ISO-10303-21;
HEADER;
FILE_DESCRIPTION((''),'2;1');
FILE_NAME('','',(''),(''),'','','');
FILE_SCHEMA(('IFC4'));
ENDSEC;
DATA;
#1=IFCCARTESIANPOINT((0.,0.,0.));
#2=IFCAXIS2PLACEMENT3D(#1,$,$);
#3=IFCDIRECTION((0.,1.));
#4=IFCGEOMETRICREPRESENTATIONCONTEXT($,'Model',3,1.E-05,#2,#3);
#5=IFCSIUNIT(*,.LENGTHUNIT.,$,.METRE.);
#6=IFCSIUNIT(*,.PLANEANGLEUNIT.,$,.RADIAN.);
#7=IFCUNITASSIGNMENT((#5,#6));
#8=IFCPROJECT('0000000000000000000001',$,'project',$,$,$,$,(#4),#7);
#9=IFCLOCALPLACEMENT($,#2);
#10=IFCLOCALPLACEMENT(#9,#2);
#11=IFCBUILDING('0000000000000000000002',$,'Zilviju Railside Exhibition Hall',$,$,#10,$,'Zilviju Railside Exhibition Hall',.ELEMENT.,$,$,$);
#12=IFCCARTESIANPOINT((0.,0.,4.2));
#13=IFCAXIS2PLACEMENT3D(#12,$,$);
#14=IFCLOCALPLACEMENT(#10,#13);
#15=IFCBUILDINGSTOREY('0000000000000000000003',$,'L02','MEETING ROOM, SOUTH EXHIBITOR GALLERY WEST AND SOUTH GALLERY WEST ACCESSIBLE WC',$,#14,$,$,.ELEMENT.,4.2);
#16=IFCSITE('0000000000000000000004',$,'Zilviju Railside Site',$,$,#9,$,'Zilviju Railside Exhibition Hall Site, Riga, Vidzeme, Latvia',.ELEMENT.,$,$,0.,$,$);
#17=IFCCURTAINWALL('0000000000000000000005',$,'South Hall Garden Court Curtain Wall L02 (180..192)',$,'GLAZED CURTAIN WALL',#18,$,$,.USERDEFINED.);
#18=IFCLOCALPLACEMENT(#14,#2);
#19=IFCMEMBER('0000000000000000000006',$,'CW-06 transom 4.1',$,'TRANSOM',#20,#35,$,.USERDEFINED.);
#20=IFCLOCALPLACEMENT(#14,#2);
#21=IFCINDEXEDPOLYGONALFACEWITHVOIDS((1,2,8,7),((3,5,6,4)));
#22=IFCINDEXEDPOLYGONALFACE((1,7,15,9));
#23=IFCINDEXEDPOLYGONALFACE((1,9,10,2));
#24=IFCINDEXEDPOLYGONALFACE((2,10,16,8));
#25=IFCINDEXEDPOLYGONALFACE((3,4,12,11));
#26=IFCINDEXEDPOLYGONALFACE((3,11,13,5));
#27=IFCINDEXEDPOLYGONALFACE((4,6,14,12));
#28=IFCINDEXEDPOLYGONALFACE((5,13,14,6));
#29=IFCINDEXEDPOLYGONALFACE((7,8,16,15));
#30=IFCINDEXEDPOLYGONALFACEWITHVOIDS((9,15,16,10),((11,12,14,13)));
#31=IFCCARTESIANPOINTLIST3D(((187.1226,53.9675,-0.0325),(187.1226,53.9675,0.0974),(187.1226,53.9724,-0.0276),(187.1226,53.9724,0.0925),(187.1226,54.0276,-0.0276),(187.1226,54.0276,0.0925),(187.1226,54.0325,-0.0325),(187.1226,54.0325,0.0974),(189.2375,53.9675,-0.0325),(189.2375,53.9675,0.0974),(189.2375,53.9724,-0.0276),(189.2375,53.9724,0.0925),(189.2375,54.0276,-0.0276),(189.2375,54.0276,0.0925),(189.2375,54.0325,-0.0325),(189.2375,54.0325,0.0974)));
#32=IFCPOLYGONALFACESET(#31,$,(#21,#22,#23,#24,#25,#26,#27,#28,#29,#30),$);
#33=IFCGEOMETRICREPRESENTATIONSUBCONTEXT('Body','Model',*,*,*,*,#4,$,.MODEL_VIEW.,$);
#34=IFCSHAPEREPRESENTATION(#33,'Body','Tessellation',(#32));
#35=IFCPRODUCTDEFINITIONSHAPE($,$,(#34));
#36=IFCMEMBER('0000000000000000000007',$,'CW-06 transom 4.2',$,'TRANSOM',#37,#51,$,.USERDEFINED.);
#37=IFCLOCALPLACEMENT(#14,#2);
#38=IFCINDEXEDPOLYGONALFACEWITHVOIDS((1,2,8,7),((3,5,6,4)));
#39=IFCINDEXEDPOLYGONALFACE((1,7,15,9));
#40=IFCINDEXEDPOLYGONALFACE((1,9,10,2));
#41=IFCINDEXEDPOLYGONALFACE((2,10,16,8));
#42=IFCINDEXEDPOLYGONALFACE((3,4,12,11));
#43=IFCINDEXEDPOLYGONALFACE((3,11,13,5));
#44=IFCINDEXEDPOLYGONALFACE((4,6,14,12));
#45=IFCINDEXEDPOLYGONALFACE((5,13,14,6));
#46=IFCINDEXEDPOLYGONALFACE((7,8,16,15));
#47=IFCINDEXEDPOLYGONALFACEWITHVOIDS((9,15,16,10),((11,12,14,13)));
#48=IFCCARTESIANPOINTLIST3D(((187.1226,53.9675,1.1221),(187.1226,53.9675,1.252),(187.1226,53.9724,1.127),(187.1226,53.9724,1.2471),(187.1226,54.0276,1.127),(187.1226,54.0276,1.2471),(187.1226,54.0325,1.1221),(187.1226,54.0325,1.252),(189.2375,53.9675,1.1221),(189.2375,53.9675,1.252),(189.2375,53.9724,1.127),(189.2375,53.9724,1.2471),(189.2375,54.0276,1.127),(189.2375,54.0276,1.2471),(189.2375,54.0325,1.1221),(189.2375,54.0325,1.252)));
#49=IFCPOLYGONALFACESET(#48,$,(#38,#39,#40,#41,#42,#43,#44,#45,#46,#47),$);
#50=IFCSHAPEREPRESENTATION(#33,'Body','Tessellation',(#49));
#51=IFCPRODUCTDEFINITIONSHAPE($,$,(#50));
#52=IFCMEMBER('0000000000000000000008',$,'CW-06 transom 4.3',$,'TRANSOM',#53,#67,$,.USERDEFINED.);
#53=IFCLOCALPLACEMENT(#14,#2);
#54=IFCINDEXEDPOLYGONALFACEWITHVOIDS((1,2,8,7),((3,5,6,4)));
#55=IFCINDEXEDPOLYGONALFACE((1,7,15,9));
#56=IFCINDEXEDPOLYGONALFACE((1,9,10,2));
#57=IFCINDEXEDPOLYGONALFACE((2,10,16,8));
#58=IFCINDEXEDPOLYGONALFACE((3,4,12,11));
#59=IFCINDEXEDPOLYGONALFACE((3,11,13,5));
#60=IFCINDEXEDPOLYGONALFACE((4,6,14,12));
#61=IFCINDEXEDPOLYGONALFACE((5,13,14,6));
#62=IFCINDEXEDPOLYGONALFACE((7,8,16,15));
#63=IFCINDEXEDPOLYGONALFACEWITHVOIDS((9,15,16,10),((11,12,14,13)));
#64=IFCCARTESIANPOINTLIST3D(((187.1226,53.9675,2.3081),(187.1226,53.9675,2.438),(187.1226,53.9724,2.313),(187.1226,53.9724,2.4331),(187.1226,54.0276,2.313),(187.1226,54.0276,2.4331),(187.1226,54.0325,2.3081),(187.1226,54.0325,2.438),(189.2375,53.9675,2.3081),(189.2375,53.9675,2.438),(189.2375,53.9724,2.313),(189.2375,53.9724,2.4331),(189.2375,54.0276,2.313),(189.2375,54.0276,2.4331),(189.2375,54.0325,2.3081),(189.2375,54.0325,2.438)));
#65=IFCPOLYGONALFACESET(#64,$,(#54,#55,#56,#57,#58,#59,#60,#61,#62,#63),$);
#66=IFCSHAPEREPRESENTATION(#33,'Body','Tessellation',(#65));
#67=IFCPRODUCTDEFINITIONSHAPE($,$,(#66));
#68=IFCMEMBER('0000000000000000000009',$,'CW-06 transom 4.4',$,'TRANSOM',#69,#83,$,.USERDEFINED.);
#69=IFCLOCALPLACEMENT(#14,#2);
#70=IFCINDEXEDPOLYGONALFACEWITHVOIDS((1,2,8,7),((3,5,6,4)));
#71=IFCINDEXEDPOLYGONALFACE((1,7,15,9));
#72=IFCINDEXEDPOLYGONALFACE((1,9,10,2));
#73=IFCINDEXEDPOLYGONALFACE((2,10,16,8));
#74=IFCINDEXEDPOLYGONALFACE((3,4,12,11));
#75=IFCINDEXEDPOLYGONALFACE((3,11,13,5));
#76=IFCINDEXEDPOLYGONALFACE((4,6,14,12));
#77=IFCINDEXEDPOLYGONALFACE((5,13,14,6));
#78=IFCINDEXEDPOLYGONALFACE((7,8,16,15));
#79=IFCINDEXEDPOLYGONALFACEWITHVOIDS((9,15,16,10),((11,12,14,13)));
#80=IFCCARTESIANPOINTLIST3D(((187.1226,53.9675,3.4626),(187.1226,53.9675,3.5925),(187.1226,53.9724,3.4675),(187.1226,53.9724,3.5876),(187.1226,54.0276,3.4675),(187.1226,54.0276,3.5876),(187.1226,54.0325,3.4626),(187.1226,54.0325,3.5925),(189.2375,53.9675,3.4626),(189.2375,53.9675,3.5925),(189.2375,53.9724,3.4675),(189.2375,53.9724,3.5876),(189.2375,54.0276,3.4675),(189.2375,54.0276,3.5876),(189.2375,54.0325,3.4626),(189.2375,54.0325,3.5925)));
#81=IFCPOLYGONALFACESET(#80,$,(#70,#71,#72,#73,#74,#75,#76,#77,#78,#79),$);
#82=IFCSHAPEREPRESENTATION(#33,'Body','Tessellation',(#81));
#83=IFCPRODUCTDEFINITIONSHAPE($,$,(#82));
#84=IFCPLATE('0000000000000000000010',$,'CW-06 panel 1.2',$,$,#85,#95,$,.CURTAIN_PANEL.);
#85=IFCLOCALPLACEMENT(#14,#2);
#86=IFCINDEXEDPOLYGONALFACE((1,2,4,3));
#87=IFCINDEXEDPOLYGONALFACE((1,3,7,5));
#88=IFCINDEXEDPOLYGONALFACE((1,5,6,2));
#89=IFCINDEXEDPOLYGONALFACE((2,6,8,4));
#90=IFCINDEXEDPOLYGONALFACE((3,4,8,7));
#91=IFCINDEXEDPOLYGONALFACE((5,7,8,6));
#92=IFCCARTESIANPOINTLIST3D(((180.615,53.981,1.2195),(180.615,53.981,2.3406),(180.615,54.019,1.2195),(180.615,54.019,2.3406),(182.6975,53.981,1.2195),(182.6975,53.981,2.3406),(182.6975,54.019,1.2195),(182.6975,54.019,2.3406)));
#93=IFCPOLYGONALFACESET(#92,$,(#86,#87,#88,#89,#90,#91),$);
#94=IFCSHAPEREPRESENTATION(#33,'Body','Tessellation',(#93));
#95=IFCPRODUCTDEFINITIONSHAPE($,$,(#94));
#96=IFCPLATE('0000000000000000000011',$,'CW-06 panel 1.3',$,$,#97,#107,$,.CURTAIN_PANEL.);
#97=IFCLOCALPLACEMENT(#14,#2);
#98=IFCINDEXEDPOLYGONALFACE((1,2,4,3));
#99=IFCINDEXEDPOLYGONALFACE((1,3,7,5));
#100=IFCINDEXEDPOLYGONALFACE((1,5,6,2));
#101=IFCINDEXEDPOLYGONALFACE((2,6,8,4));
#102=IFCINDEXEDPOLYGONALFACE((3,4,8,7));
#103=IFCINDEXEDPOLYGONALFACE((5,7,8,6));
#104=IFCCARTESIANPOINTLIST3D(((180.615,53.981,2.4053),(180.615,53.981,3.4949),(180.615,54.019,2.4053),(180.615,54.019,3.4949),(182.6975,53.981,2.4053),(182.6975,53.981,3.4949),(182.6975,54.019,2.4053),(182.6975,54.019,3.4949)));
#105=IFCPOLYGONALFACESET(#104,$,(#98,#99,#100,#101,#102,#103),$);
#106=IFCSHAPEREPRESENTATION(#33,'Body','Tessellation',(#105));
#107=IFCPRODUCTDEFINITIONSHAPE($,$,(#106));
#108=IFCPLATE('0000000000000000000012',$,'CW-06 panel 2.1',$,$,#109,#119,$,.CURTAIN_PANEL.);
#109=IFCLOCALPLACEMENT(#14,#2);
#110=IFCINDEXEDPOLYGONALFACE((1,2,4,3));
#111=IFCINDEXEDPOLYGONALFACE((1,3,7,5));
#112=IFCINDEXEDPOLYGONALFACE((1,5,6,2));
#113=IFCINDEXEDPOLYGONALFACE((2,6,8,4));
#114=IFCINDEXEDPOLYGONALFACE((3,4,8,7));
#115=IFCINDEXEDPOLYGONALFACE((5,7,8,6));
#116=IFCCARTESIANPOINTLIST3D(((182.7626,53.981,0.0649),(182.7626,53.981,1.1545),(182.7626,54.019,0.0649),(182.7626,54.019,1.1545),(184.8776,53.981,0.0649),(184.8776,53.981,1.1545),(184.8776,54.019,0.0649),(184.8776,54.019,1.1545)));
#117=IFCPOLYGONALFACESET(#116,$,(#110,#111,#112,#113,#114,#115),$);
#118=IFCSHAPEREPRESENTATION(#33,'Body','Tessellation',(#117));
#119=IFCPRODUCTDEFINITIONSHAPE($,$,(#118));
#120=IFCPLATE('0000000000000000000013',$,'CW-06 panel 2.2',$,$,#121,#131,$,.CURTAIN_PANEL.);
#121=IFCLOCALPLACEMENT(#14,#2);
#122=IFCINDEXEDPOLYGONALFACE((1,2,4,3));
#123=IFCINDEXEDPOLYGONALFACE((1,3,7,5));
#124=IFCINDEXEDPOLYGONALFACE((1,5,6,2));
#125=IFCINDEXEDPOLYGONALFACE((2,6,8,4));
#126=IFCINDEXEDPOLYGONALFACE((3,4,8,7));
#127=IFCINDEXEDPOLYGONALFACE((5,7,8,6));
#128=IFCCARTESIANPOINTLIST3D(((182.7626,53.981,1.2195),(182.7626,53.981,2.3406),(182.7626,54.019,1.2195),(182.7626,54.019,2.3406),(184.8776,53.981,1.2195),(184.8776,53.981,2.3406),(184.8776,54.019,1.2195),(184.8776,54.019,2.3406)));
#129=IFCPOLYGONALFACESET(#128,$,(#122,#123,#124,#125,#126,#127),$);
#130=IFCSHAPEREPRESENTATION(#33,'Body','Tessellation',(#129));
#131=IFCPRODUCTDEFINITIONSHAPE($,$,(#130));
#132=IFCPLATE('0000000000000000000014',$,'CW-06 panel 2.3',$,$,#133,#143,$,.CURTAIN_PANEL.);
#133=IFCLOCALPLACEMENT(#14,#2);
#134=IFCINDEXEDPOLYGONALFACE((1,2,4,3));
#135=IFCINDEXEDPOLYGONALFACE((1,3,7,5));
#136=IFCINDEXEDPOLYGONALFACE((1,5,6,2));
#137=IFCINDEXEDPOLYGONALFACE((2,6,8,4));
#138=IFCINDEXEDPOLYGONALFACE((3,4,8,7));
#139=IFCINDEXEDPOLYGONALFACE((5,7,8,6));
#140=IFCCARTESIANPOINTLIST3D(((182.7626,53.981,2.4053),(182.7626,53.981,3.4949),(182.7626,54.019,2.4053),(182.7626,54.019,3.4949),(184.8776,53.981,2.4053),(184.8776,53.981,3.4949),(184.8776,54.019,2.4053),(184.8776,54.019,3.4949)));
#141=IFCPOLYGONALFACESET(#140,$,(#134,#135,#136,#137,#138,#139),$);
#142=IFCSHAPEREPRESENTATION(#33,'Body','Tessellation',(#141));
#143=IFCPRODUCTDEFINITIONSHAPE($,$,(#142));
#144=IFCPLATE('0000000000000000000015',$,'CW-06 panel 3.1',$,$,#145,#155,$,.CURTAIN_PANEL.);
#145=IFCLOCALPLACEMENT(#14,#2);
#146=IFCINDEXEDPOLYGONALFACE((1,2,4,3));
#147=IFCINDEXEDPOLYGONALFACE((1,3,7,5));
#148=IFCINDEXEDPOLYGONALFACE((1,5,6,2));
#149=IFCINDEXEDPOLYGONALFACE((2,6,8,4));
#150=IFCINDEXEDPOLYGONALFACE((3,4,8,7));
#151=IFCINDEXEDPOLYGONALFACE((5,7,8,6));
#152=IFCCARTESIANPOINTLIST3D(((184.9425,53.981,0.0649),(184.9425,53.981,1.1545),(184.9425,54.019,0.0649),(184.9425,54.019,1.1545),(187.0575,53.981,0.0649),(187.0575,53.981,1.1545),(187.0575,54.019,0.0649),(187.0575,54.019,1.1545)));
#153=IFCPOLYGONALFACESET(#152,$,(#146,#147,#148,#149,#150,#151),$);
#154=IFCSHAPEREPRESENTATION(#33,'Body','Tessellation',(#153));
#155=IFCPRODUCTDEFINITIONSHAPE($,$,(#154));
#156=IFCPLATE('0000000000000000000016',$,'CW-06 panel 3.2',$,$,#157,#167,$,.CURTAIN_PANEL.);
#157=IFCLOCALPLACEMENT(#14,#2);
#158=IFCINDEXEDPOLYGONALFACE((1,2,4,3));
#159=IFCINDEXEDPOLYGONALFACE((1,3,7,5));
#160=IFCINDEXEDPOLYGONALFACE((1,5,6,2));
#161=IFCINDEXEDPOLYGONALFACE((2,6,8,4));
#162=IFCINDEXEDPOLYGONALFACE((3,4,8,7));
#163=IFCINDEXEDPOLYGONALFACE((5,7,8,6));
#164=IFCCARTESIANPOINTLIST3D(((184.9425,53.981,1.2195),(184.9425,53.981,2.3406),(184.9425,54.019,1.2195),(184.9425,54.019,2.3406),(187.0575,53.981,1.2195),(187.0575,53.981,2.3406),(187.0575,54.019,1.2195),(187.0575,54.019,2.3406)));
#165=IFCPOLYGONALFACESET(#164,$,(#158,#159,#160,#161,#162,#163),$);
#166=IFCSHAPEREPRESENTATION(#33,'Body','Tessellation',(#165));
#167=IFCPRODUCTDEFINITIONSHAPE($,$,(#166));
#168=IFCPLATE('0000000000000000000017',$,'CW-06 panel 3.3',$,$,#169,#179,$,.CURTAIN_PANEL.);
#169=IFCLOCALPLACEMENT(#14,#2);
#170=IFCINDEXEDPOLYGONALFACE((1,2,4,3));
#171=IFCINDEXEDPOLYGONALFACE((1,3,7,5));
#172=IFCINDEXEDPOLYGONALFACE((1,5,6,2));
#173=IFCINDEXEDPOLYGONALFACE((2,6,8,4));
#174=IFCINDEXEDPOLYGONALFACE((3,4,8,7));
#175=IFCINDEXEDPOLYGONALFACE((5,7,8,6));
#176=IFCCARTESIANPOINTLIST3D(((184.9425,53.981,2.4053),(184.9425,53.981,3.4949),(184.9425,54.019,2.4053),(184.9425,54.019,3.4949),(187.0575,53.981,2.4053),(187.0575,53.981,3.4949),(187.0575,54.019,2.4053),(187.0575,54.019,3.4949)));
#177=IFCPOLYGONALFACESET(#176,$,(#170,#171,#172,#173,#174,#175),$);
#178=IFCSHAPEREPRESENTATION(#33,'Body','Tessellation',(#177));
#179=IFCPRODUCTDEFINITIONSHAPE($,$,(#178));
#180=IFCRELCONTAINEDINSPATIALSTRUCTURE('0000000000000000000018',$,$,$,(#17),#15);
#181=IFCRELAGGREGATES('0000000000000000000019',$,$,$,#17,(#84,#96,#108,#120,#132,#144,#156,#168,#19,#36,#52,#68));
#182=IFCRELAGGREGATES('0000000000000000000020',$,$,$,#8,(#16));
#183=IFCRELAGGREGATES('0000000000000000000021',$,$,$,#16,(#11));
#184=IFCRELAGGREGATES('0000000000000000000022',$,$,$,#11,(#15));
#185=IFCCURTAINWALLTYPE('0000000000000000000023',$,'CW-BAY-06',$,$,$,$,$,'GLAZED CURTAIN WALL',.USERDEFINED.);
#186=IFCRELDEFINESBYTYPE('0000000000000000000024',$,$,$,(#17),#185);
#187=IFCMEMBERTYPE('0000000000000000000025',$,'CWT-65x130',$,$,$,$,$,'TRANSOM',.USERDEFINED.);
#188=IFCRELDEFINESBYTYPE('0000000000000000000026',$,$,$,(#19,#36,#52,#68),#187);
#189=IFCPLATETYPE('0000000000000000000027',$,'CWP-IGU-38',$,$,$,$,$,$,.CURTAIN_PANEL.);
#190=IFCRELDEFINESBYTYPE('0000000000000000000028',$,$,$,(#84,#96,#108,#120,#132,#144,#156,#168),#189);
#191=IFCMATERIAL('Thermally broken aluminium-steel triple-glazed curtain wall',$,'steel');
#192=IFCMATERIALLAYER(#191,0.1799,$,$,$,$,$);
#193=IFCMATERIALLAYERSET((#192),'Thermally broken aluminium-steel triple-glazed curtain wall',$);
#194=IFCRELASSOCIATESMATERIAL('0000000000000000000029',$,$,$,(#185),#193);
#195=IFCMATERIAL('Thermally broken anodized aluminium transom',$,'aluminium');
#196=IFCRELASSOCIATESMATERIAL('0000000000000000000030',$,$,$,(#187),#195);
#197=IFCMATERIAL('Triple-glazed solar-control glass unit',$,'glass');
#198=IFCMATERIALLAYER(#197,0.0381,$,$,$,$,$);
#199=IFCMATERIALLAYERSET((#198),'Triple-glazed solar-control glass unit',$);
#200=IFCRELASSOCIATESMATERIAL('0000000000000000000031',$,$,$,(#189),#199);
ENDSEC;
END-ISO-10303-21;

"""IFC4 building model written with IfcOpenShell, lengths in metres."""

from ifc_helpers import new_model, si_unit, direction, frame, origin, origin_2d, place, context, subcontext, project, spatial, rectangle, hollow_rectangle, extrude, material, layer, layer_set, material_profile, profile_set, type_object, element, aggregate, save


model = new_model("IFC4")

# Units and contexts
model_context = context("Model", 3, precision=1e-05, world=origin(), true_north=direction((0.0, 1.0)))
body_context = subcontext(model_context, "Body", "Model", "MODEL_VIEW")
ifc_project = project(units=[si_unit("LENGTHUNIT", "METRE"), si_unit("PLANEANGLEUNIT", "RADIAN")], contexts=[model_context])

# Site, building, storey
site_placement = place(None, origin())
site = spatial("IfcSite", under=ifc_project, at=site_placement, Name="Zilviju Railside Site", LongName="Zilviju Railside Exhibition Hall Site, Riga, Vidzeme, Latvia", CompositionType="ELEMENT", RefElevation=0.0)
building_placement = place(site_placement, origin())
building = spatial("IfcBuilding", under=site, at=building_placement, Name="Zilviju Railside Exhibition Hall", LongName="Zilviju Railside Exhibition Hall", CompositionType="ELEMENT")
storey_placement = place(building_placement, frame((0.0, 0.0, 4.2)))
storey = spatial("IfcBuildingStorey", under=building, at=storey_placement, Name="L02", Description="MEETING ROOM, SOUTH EXHIBITOR GALLERY WEST AND SOUTH GALLERY WEST ACCESSIBLE WC", CompositionType="ELEMENT", Elevation=4.2)

# Curtain wall, members, plates
ifc_material_1 = material(Name="Thermally broken aluminium-steel triple-glazed curtain wall", Category="steel")
ifc_layer_1 = layer(ifc_material_1, 0.1799)
ifc_layer_set_1 = layer_set([ifc_layer_1], Name="Thermally broken aluminium-steel triple-glazed curtain wall")
curtain_wall_type = type_object("IfcCurtainWallType", Name="CW-BAY-06", ElementType="GLAZED CURTAIN WALL", PredefinedType="USERDEFINED", material=ifc_layer_set_1)
curtain_wall_placement = place(storey_placement, origin())
curtain_wall = element("IfcCurtainWall", 1, at=curtain_wall_placement, inside=storey, type_object=curtain_wall_type, Name="South Hall Garden Court Curtain Wall L02 (180..192)", ObjectType="GLAZED CURTAIN WALL", PredefinedType="USERDEFINED")
ifc_material_2 = material(Name="Thermally broken anodized aluminium transom", Category="aluminium")
ifc_material_profile_1 = material_profile(ifc_material_2, hollow_rectangle(XDim=0.0649, YDim=0.1299, WallThickness=0.0049, at=origin_2d()), Name="TRANSOM 130x65x5")
ifc_profile_set_1 = profile_set([ifc_material_profile_1], Name="Thermally broken anodized aluminium transom")
member_type_1 = type_object("IfcMemberType", Name="CWT-65x130", ElementType="TRANSOM", PredefinedType="USERDEFINED", material=ifc_profile_set_1)
member_1_placement = place(storey_placement, frame((187.1226, 54.0, 0.0325), z_axis=(1.0, 0.0, 0.0), x_axis=(0.0, 1.0, 0.0)))
member_1 = element("IfcMember", 2, at=member_1_placement, type_object=member_type_1, Name="CW-06 transom 4.1", ObjectType="TRANSOM", PredefinedType="USERDEFINED", context=body_context, shape_type="SweptSolid", body=[
    extrude(hollow_rectangle(XDim=0.0649, YDim=0.1299, WallThickness=0.0049, at=origin_2d()), origin(), (0.0, 0.0, 1.0), 2.115),
])
member_2_placement = place(storey_placement, frame((187.1226, 54.0, 1.187), z_axis=(1.0, 0.0, 0.0), x_axis=(0.0, 1.0, 0.0)))
member_2 = element("IfcMember", 3, at=member_2_placement, type_object=member_type_1, Name="CW-06 transom 4.2", ObjectType="TRANSOM", PredefinedType="USERDEFINED", context=body_context, shape_type="SweptSolid", body=[
    extrude(hollow_rectangle(XDim=0.0649, YDim=0.1299, WallThickness=0.0049, at=origin_2d()), origin(), (0.0, 0.0, 1.0), 2.115),
])
member_3_placement = place(storey_placement, frame((187.1226, 54.0, 2.373), z_axis=(1.0, 0.0, 0.0), x_axis=(0.0, 1.0, 0.0)))
member_3 = element("IfcMember", 4, at=member_3_placement, type_object=member_type_1, Name="CW-06 transom 4.3", ObjectType="TRANSOM", PredefinedType="USERDEFINED", context=body_context, shape_type="SweptSolid", body=[
    extrude(hollow_rectangle(XDim=0.0649, YDim=0.1299, WallThickness=0.0049, at=origin_2d()), origin(), (0.0, 0.0, 1.0), 2.115),
])
member_4_placement = place(storey_placement, frame((187.1226, 54.0, 3.5276), z_axis=(1.0, 0.0, 0.0), x_axis=(0.0, 1.0, 0.0)))
member_4 = element("IfcMember", 5, at=member_4_placement, type_object=member_type_1, Name="CW-06 transom 4.4", ObjectType="TRANSOM", PredefinedType="USERDEFINED", context=body_context, shape_type="SweptSolid", body=[
    extrude(hollow_rectangle(XDim=0.0649, YDim=0.1299, WallThickness=0.0049, at=origin_2d()), origin(), (0.0, 0.0, 1.0), 2.115),
])
ifc_material_3 = material(Name="Triple-glazed solar-control glass unit", Category="glass")
ifc_layer_2 = layer(ifc_material_3, 0.0381)
ifc_layer_set_2 = layer_set([ifc_layer_2], Name="Triple-glazed solar-control glass unit")
plate_type = type_object("IfcPlateType", Name="CWP-IGU-38", PredefinedType="CURTAIN_PANEL", material=ifc_layer_set_2)
plate_1_placement = place(storey_placement, frame((181.6562, 54.0, 1.2195), z_axis=(0.0, 0.0, 1.0), x_axis=(1.0, 0.0, 0.0)))
plate_1 = element("IfcPlate", 6, at=plate_1_placement, type_object=plate_type, Name="CW-06 panel 1.2", PredefinedType="CURTAIN_PANEL", context=body_context, shape_type="SweptSolid", body=[
    extrude(rectangle(XDim=2.0825, YDim=0.0381, at=origin_2d()), origin(), (0.0, 0.0, 1.0), 1.1211),
])
plate_2_placement = place(storey_placement, frame((181.6562, 54.0, 2.4053), z_axis=(0.0, 0.0, 1.0), x_axis=(1.0, 0.0, 0.0)))
plate_2 = element("IfcPlate", 7, at=plate_2_placement, type_object=plate_type, Name="CW-06 panel 1.3", PredefinedType="CURTAIN_PANEL", context=body_context, shape_type="SweptSolid", body=[
    extrude(rectangle(XDim=2.0825, YDim=0.0381, at=origin_2d()), origin(), (0.0, 0.0, 1.0), 1.0896),
])
plate_3_placement = place(storey_placement, frame((183.8201, 54.0, 0.0649), z_axis=(0.0, 0.0, 1.0), x_axis=(1.0, 0.0, 0.0)))
plate_3 = element("IfcPlate", 8, at=plate_3_placement, type_object=plate_type, Name="CW-06 panel 2.1", PredefinedType="CURTAIN_PANEL", context=body_context, shape_type="SweptSolid", body=[
    extrude(rectangle(XDim=2.115, YDim=0.0381, at=origin_2d()), origin(), (0.0, 0.0, 1.0), 1.0896),
])
plate_4_placement = place(storey_placement, frame((183.8201, 54.0, 1.2195), z_axis=(0.0, 0.0, 1.0), x_axis=(1.0, 0.0, 0.0)))
plate_4 = element("IfcPlate", 9, at=plate_4_placement, type_object=plate_type, Name="CW-06 panel 2.2", PredefinedType="CURTAIN_PANEL", context=body_context, shape_type="SweptSolid", body=[
    extrude(rectangle(XDim=2.115, YDim=0.0381, at=origin_2d()), origin(), (0.0, 0.0, 1.0), 1.1211),
])
plate_5_placement = place(storey_placement, frame((183.8201, 54.0, 2.4053), z_axis=(0.0, 0.0, 1.0), x_axis=(1.0, 0.0, 0.0)))
plate_5 = element("IfcPlate", 10, at=plate_5_placement, type_object=plate_type, Name="CW-06 panel 2.3", PredefinedType="CURTAIN_PANEL", context=body_context, shape_type="SweptSolid", body=[
    extrude(rectangle(XDim=2.115, YDim=0.0381, at=origin_2d()), origin(), (0.0, 0.0, 1.0), 1.0896),
])
plate_6_placement = place(storey_placement, frame((186.0, 54.0, 0.0649), z_axis=(0.0, 0.0, 1.0), x_axis=(1.0, 0.0, 0.0)))
plate_6 = element("IfcPlate", 11, at=plate_6_placement, type_object=plate_type, Name="CW-06 panel 3.1", PredefinedType="CURTAIN_PANEL", context=body_context, shape_type="SweptSolid", body=[
    extrude(rectangle(XDim=2.115, YDim=0.0381, at=origin_2d()), origin(), (0.0, 0.0, 1.0), 1.0896),
])
plate_7_placement = place(storey_placement, frame((186.0, 54.0, 1.2195), z_axis=(0.0, 0.0, 1.0), x_axis=(1.0, 0.0, 0.0)))
plate_7 = element("IfcPlate", 12, at=plate_7_placement, type_object=plate_type, Name="CW-06 panel 3.2", PredefinedType="CURTAIN_PANEL", context=body_context, shape_type="SweptSolid", body=[
    extrude(rectangle(XDim=2.115, YDim=0.0381, at=origin_2d()), origin(), (0.0, 0.0, 1.0), 1.1211),
])
plate_8_placement = place(storey_placement, frame((186.0, 54.0, 2.4053), z_axis=(0.0, 0.0, 1.0), x_axis=(1.0, 0.0, 0.0)))
plate_8 = element("IfcPlate", 13, at=plate_8_placement, type_object=plate_type, Name="CW-06 panel 3.3", PredefinedType="CURTAIN_PANEL", context=body_context, shape_type="SweptSolid", body=[
    extrude(rectangle(XDim=2.115, YDim=0.0381, at=origin_2d()), origin(), (0.0, 0.0, 1.0), 1.0896),
])
aggregate(curtain_wall, [plate_1, plate_2, plate_3, plate_4, plate_5, plate_6, plate_7, plate_8, member_1, member_2, member_3, member_4])

save(model, "model.ifc")
